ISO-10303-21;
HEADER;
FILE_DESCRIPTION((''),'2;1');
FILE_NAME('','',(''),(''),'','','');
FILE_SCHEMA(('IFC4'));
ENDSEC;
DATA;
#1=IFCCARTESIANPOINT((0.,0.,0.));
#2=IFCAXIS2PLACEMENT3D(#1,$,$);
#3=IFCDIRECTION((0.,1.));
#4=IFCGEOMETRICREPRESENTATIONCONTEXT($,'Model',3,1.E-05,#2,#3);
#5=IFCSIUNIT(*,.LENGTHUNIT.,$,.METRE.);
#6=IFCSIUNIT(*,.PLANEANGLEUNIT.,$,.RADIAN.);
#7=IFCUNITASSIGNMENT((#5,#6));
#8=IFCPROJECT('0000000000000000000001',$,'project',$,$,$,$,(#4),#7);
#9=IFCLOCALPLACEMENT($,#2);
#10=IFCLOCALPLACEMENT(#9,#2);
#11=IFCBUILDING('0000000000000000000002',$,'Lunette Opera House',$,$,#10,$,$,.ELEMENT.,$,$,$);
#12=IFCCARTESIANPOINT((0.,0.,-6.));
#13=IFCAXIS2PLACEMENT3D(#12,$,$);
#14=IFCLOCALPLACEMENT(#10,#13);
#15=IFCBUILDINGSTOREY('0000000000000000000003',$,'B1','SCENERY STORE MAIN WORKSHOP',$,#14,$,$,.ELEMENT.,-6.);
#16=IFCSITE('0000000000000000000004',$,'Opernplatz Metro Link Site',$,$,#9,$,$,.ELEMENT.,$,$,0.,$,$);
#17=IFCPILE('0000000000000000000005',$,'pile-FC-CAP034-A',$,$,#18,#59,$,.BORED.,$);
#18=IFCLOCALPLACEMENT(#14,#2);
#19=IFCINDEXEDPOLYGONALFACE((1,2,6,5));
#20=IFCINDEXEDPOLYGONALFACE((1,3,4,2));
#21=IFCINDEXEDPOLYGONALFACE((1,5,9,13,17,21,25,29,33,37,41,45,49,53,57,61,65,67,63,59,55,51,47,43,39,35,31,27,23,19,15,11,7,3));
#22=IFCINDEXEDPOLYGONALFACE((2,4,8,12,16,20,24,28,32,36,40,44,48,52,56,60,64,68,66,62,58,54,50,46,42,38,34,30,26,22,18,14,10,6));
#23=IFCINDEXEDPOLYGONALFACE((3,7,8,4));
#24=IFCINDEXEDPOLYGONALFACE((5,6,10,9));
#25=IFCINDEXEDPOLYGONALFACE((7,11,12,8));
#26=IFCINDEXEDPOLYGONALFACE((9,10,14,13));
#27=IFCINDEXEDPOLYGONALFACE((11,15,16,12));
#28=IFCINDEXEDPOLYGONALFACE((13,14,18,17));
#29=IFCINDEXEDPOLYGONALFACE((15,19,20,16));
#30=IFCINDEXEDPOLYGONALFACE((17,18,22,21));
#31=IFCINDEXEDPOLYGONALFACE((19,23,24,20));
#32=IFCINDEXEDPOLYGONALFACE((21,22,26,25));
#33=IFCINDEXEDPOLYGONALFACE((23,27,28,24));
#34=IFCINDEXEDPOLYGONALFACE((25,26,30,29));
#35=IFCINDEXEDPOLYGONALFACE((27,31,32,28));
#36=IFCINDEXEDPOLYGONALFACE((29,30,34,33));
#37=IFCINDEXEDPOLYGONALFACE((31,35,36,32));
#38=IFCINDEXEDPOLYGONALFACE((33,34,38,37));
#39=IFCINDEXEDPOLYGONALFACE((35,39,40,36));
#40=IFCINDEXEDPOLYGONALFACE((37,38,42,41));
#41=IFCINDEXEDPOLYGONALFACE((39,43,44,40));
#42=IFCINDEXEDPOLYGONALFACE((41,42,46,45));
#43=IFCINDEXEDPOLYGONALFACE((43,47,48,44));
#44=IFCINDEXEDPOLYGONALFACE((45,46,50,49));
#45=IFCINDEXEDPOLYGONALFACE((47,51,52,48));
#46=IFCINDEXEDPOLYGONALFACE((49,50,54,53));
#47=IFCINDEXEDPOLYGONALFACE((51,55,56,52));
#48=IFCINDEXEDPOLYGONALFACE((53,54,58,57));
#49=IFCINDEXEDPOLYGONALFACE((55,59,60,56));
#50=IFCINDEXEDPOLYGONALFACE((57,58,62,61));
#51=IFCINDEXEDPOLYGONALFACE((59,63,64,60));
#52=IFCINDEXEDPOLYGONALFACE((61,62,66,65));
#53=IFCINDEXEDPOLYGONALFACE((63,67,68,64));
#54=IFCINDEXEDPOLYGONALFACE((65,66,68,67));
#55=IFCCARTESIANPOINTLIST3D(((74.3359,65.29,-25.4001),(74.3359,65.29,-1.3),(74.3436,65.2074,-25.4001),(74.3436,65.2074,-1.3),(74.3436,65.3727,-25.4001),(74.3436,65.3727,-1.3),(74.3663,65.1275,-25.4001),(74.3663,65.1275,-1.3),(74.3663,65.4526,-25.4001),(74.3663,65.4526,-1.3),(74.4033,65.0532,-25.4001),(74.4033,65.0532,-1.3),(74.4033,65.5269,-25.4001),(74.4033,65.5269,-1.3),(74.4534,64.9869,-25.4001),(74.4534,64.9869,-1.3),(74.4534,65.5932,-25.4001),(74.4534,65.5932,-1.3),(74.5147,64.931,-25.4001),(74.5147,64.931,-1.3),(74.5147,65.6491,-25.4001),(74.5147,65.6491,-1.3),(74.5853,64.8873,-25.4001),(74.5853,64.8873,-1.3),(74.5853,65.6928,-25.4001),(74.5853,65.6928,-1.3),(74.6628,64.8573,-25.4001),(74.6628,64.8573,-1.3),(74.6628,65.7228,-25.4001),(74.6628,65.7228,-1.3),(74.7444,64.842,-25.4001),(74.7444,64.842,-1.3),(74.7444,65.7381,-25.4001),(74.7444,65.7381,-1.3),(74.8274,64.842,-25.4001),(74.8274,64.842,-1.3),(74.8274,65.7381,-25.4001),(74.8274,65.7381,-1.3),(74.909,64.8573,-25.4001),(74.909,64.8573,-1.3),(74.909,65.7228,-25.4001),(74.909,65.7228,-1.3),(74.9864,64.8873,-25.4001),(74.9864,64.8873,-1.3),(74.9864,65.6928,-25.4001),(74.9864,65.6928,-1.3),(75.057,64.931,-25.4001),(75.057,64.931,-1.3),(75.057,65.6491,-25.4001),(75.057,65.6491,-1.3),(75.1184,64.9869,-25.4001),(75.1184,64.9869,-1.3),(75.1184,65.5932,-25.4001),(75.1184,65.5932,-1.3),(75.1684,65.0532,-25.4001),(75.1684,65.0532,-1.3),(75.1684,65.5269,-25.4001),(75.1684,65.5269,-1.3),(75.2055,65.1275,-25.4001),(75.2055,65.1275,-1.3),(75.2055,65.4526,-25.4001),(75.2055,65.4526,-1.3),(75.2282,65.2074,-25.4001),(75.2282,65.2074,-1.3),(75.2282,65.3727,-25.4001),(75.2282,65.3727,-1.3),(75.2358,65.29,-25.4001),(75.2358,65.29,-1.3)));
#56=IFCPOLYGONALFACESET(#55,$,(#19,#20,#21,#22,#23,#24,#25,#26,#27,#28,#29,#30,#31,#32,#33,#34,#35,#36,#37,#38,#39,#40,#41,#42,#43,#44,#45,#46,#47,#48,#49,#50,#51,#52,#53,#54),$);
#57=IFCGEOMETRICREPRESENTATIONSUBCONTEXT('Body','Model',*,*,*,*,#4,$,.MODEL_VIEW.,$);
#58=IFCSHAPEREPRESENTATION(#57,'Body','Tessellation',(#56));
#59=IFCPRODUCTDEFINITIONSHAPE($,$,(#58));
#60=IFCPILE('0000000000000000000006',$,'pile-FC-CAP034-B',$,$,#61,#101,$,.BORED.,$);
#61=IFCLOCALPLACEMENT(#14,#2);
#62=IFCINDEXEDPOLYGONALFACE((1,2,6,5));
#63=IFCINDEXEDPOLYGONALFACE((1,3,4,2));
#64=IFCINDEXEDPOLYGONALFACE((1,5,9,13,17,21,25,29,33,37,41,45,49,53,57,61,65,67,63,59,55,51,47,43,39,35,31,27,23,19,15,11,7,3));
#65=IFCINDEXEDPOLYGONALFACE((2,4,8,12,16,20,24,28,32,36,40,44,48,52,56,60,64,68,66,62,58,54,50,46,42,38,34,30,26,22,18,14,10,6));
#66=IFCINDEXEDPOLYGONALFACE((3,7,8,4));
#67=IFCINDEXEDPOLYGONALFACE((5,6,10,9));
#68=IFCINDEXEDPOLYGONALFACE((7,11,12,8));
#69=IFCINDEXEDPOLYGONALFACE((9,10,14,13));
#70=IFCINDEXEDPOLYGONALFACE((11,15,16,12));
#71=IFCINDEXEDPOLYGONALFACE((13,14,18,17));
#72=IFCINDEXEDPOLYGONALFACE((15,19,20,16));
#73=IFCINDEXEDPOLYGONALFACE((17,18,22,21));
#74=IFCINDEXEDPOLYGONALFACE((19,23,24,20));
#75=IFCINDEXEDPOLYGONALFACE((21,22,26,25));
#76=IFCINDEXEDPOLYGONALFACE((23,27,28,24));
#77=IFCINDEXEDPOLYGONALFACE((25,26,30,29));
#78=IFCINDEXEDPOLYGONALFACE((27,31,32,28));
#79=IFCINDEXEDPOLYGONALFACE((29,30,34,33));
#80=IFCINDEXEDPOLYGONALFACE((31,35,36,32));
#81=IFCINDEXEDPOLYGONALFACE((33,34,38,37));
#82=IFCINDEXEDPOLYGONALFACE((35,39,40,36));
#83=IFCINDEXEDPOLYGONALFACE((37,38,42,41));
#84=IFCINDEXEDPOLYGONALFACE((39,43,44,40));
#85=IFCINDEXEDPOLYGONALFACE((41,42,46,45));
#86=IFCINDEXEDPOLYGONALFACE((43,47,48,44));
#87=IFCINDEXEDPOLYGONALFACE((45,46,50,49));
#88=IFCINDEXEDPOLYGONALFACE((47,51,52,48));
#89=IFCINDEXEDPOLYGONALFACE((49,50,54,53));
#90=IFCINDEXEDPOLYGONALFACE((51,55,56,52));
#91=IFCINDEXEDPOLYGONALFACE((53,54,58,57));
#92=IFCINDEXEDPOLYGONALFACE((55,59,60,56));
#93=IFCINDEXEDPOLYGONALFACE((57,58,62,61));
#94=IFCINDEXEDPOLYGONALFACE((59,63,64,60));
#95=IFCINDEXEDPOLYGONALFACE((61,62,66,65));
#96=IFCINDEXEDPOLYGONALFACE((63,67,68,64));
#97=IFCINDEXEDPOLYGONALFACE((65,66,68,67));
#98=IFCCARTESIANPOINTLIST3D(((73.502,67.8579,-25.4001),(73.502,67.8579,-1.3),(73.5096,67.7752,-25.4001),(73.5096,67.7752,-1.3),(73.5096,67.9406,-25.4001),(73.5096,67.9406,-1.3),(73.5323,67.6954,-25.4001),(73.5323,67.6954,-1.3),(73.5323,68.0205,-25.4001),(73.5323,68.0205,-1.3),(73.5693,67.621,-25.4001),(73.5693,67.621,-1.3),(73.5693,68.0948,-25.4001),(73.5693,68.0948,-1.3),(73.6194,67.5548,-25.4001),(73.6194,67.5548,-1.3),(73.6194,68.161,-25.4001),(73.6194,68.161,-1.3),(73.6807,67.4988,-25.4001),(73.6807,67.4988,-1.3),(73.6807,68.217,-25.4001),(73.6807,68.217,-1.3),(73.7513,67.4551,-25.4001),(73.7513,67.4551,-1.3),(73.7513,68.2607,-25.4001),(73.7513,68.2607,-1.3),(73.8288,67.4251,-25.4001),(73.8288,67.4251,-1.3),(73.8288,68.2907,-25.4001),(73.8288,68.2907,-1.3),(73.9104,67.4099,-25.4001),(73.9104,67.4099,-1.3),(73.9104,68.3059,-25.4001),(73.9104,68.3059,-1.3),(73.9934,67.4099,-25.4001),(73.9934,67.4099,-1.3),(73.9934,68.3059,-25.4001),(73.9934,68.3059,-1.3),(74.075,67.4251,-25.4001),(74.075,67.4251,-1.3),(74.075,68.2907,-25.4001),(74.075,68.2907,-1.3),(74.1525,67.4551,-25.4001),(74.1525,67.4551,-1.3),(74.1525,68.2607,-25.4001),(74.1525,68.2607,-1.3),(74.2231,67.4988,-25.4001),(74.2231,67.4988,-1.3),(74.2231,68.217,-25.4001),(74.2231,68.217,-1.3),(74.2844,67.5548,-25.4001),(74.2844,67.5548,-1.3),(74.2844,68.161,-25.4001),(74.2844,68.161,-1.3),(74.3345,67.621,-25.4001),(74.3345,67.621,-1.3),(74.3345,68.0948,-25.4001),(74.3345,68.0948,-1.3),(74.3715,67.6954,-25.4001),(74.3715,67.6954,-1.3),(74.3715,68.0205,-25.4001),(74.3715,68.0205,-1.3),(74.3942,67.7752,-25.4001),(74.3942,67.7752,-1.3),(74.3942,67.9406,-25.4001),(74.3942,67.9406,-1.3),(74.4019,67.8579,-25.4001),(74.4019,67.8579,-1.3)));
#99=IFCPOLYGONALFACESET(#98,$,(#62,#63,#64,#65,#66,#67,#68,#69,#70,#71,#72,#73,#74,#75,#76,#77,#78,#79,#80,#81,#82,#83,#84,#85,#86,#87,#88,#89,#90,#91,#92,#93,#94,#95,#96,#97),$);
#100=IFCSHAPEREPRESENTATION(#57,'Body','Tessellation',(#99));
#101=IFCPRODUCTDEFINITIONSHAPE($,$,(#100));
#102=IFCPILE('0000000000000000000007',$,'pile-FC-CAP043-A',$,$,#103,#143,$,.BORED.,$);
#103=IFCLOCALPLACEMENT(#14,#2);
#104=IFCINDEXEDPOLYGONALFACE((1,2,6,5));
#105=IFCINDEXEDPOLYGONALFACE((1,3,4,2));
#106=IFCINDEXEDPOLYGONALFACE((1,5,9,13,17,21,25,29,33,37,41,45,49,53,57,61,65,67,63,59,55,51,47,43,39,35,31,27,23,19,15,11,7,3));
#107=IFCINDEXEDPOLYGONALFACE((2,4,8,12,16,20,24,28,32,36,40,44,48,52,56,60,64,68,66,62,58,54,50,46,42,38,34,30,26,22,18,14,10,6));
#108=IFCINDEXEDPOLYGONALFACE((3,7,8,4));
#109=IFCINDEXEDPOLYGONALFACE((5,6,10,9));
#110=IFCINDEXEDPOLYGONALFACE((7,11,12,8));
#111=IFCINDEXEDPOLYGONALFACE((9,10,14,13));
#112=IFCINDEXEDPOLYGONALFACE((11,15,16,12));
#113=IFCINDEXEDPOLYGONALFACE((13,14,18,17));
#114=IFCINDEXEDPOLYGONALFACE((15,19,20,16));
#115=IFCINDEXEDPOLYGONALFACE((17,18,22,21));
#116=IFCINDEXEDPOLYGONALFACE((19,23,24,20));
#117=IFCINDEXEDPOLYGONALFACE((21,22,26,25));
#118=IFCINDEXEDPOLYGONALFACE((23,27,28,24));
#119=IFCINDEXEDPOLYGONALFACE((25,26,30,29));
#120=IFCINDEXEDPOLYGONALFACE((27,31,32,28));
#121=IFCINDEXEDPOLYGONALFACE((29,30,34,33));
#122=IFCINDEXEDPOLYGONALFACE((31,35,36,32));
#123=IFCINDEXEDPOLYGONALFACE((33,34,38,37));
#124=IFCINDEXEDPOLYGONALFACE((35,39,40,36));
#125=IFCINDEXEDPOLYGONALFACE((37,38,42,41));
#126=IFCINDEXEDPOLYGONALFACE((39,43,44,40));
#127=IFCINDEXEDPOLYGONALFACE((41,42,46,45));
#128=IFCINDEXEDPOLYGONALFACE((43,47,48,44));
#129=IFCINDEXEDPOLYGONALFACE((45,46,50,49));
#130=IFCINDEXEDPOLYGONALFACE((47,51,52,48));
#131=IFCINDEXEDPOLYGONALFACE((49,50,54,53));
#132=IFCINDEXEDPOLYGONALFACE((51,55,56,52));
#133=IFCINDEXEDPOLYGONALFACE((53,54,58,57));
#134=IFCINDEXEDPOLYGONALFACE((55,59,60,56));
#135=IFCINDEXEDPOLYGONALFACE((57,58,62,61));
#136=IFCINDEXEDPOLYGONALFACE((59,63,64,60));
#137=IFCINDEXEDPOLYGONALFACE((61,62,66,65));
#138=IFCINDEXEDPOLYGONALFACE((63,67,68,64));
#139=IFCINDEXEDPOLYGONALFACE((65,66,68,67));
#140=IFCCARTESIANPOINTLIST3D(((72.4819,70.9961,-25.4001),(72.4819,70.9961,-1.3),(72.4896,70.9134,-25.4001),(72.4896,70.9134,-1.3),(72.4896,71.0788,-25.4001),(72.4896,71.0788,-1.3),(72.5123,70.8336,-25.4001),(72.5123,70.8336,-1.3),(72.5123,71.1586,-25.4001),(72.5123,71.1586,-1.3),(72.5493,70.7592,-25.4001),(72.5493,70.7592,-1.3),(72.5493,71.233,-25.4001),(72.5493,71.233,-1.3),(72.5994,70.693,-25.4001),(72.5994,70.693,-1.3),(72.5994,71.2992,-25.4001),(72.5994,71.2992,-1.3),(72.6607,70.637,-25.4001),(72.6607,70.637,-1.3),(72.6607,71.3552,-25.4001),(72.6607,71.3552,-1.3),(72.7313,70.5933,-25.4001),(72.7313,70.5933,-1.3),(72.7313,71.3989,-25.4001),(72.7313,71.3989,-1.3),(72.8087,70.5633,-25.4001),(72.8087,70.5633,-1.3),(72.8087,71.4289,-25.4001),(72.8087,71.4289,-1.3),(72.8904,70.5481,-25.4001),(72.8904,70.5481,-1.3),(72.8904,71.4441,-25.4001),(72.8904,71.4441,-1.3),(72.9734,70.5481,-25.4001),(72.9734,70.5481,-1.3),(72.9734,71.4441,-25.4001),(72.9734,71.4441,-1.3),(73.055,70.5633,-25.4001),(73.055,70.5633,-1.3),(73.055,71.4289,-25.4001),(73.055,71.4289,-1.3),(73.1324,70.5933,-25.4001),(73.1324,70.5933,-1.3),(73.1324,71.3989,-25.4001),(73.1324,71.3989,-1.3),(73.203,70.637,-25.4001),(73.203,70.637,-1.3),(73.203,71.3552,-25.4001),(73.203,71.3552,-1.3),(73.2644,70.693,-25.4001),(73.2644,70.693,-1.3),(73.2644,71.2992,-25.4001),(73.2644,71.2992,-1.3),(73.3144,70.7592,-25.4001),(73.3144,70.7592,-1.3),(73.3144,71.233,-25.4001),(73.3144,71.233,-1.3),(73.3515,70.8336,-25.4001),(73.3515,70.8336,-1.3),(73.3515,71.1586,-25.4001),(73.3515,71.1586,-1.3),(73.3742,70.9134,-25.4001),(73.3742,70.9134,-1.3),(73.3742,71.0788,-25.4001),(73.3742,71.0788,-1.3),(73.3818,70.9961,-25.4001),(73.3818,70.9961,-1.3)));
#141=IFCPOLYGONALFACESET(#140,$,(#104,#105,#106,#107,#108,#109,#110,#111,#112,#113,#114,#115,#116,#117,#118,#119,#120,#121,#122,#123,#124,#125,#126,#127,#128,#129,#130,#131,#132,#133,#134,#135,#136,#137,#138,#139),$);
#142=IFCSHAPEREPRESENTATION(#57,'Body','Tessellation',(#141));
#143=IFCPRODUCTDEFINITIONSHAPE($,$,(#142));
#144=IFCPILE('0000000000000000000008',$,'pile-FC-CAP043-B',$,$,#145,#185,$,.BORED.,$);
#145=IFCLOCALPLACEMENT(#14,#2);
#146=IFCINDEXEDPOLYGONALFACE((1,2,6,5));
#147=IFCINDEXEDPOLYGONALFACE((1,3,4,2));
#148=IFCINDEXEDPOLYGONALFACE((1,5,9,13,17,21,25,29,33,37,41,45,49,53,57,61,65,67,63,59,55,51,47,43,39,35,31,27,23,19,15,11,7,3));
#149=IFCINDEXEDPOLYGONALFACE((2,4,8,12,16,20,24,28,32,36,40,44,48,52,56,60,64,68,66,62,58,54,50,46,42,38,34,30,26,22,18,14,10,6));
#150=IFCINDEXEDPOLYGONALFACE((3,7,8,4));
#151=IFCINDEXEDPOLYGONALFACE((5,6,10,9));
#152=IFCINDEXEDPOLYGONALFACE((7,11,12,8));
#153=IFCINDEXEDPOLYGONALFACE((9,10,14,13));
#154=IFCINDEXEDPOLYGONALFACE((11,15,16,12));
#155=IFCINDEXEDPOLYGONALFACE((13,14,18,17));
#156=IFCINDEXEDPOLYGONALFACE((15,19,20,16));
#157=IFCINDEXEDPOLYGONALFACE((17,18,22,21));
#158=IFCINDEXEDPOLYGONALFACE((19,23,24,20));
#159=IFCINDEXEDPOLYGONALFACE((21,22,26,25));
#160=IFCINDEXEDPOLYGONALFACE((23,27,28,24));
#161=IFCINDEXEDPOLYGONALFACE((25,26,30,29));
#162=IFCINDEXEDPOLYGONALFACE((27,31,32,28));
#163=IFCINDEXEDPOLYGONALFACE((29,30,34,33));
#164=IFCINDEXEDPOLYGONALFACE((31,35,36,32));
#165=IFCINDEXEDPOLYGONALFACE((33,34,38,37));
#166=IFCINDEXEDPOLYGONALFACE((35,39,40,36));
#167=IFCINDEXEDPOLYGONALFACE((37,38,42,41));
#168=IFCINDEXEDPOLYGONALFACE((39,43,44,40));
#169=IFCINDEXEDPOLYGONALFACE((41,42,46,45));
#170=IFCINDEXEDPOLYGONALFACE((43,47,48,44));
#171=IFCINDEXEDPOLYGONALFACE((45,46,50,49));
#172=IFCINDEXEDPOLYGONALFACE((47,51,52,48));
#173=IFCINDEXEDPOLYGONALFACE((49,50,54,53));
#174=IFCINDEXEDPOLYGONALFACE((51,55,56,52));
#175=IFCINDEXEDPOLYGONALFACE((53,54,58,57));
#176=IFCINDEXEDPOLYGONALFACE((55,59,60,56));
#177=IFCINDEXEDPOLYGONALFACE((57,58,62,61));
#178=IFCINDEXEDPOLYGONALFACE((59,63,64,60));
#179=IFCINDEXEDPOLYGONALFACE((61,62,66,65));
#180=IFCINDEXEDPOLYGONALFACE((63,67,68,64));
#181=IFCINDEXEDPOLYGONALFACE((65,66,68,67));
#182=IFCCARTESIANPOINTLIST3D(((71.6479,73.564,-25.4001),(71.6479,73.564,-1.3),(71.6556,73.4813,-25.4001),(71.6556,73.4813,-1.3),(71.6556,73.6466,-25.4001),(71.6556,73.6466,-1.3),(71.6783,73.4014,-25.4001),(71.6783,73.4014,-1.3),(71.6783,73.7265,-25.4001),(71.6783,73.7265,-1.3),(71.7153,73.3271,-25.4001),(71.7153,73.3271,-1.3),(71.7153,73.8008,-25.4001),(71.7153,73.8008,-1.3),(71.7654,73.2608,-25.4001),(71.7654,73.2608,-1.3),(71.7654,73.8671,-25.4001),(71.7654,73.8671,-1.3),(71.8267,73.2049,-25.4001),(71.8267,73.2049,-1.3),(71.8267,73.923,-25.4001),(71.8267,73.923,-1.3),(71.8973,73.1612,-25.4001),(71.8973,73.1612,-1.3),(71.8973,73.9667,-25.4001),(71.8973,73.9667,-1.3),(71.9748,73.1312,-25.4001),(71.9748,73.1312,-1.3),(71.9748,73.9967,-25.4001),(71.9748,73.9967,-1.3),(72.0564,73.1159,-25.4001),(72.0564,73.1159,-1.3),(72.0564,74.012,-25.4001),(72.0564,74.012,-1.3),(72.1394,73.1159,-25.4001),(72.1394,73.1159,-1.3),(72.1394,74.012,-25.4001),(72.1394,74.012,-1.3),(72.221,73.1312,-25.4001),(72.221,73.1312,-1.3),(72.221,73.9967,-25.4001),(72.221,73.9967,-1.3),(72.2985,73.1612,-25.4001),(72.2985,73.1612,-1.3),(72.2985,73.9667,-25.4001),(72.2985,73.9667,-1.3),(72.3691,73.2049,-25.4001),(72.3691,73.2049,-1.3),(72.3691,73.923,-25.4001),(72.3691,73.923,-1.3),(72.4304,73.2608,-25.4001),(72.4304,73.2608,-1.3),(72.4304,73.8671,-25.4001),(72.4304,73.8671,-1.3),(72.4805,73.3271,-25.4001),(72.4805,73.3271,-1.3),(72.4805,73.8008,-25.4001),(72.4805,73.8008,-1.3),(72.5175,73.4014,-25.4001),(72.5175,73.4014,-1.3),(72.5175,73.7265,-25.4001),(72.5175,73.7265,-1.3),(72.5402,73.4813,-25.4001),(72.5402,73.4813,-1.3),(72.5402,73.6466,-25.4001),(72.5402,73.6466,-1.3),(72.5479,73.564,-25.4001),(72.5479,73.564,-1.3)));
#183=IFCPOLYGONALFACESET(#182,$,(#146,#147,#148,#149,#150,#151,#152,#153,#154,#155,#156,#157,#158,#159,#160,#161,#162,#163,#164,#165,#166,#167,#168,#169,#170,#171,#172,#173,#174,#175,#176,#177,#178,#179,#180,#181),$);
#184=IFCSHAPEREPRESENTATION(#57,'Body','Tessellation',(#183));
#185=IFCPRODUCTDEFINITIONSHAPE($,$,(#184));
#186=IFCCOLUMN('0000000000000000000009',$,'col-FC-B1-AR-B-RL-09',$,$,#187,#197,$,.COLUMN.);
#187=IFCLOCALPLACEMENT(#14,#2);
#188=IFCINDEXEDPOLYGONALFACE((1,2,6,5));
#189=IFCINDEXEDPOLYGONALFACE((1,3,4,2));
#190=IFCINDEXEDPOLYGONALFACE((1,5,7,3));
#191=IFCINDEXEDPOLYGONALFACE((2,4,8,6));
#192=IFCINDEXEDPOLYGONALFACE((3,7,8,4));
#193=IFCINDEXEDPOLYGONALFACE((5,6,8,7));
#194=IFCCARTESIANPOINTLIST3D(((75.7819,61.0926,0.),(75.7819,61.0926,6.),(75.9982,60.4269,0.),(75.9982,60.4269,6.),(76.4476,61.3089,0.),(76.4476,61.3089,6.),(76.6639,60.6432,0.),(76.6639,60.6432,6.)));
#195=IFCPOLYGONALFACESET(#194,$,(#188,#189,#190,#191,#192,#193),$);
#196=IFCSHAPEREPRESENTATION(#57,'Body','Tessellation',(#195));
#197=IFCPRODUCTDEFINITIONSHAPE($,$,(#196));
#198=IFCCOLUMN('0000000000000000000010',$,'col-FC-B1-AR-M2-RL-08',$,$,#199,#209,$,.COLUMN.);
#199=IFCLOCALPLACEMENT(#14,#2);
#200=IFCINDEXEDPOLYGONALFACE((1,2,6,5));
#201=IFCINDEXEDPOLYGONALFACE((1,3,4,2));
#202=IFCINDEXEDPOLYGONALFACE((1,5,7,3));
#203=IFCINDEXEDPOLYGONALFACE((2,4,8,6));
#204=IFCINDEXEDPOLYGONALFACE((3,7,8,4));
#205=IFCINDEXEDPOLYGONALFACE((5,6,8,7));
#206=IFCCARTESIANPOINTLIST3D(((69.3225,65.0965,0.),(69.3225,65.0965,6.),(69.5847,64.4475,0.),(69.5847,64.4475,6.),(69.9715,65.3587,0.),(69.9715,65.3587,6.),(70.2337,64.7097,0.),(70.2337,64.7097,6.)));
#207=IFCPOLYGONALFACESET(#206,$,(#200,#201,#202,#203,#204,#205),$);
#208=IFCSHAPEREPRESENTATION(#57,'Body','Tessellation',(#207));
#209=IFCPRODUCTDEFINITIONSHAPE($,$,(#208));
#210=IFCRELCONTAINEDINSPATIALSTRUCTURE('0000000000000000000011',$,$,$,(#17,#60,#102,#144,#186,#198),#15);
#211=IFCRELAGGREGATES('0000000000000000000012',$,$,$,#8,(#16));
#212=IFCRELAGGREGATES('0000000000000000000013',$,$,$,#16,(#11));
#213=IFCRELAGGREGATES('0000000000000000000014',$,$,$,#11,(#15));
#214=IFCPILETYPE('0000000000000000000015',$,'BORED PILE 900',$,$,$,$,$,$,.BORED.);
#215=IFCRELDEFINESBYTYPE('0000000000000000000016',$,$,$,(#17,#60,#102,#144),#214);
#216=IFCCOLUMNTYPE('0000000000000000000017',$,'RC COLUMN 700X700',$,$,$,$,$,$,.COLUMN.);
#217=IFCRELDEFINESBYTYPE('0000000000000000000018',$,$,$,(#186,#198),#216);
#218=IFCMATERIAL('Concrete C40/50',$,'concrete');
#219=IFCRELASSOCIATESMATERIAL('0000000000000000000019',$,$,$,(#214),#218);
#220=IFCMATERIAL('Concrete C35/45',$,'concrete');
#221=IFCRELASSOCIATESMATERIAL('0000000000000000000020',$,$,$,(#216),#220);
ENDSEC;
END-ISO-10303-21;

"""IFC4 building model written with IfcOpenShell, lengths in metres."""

from ifc_helpers import new_model, si_unit, direction, frame, origin, origin_2d, place, context, subcontext, project, spatial, rectangle, circle, extrude, material, material_profile, profile_set, type_object, element, save


model = new_model("IFC4")

# Units and contexts
model_context = context("Model", 3, precision=1e-05, world=origin(), true_north=direction((0.0, 1.0)))
body_context = subcontext(model_context, "Body", "Model", "MODEL_VIEW")
ifc_project = project(units=[si_unit("LENGTHUNIT", "METRE"), si_unit("PLANEANGLEUNIT", "RADIAN")], contexts=[model_context])

# Site, building, storey
site_placement = place(None, origin())
site = spatial("IfcSite", under=ifc_project, at=site_placement, Name="Opernplatz Metro Link Site", CompositionType="ELEMENT", RefElevation=0.0)
building_placement = place(site_placement, origin())
building = spatial("IfcBuilding", under=site, at=building_placement, Name="Lunette Opera House", CompositionType="ELEMENT")
storey_placement = place(building_placement, frame((0.0, 0.0, -6.0)))
storey = spatial("IfcBuildingStorey", under=building, at=storey_placement, Name="B1", Description="SCENERY STORE MAIN WORKSHOP", CompositionType="ELEMENT", Elevation=-6.0)

# Piles
ifc_material_1 = material(Name="Concrete C40/50", Category="concrete")
ifc_material_profile_1 = material_profile(ifc_material_1, circle(Radius=0.45, at=origin_2d()), Name="BORED PILE 900")
ifc_profile_set_1 = profile_set([ifc_material_profile_1], Name="Concrete C40/50")
pile_type = type_object("IfcPileType", Name="BORED PILE 900", PredefinedType="BORED", material=ifc_profile_set_1)
for number, where, z_axis, x_axis, name in (
    (1, (74.7859, 65.29, -1.3), (0.0, 0.0, -1.0), (1.0, 0.0, 0.0), "pile-FC-CAP034-A"),
    (2, (73.9519, 67.8579, -1.3), (0.0, 0.0, -1.0), (1.0, 0.0, 0.0), "pile-FC-CAP034-B"),
    (3, (72.9319, 70.9961, -1.3), (0.0, 0.0, -1.0), (1.0, 0.0, 0.0), "pile-FC-CAP043-A"),
    (4, (72.0979, 73.564, -1.3), (0.0, 0.0, -1.0), (1.0, 0.0, 0.0), "pile-FC-CAP043-B"),
):
    element("IfcPile", number, at=place(storey_placement, frame(where, z_axis=z_axis, x_axis=x_axis)), inside=storey, type_object=pile_type, Name=name, PredefinedType="BORED", context=body_context, shape_type="SweptSolid", body=[
        extrude(circle(Radius=0.45, at=origin_2d()), origin(), (0.0, 0.0, 1.0), 24.1001),
    ])

# Columns
ifc_material_2 = material(Name="Concrete C35/45", Category="concrete")
ifc_material_profile_2 = material_profile(ifc_material_2, rectangle(XDim=0.7, YDim=0.7, at=origin_2d()), Name="RC COLUMN 700X700")
ifc_profile_set_2 = profile_set([ifc_material_profile_2], Name="Concrete C35/45")
column_type = type_object("IfcColumnType", Name="RC COLUMN 700X700", PredefinedType="COLUMN", material=ifc_profile_set_2)
for number, where, z_axis, x_axis, name in (
    (5, (76.2229, 60.8679, 0.0), (0.0, 0.0, 1.0), (0.951057, 0.309017, 0.0), "col-FC-B1-AR-B-RL-09"),
    (6, (69.7781, 64.9031, 0.0), (0.0, 0.0, 1.0), (0.927184, 0.374607, 0.0), "col-FC-B1-AR-M2-RL-08"),
):
    element("IfcColumn", number, at=place(storey_placement, frame(where, z_axis=z_axis, x_axis=x_axis)), inside=storey, type_object=column_type, Name=name, PredefinedType="COLUMN", context=body_context, shape_type="SweptSolid", body=[
        extrude(rectangle(XDim=0.7, YDim=0.7, at=origin_2d()), origin(), (0.0, 0.0, 1.0), 6.0),
    ])

save(model, "model.ifc")
